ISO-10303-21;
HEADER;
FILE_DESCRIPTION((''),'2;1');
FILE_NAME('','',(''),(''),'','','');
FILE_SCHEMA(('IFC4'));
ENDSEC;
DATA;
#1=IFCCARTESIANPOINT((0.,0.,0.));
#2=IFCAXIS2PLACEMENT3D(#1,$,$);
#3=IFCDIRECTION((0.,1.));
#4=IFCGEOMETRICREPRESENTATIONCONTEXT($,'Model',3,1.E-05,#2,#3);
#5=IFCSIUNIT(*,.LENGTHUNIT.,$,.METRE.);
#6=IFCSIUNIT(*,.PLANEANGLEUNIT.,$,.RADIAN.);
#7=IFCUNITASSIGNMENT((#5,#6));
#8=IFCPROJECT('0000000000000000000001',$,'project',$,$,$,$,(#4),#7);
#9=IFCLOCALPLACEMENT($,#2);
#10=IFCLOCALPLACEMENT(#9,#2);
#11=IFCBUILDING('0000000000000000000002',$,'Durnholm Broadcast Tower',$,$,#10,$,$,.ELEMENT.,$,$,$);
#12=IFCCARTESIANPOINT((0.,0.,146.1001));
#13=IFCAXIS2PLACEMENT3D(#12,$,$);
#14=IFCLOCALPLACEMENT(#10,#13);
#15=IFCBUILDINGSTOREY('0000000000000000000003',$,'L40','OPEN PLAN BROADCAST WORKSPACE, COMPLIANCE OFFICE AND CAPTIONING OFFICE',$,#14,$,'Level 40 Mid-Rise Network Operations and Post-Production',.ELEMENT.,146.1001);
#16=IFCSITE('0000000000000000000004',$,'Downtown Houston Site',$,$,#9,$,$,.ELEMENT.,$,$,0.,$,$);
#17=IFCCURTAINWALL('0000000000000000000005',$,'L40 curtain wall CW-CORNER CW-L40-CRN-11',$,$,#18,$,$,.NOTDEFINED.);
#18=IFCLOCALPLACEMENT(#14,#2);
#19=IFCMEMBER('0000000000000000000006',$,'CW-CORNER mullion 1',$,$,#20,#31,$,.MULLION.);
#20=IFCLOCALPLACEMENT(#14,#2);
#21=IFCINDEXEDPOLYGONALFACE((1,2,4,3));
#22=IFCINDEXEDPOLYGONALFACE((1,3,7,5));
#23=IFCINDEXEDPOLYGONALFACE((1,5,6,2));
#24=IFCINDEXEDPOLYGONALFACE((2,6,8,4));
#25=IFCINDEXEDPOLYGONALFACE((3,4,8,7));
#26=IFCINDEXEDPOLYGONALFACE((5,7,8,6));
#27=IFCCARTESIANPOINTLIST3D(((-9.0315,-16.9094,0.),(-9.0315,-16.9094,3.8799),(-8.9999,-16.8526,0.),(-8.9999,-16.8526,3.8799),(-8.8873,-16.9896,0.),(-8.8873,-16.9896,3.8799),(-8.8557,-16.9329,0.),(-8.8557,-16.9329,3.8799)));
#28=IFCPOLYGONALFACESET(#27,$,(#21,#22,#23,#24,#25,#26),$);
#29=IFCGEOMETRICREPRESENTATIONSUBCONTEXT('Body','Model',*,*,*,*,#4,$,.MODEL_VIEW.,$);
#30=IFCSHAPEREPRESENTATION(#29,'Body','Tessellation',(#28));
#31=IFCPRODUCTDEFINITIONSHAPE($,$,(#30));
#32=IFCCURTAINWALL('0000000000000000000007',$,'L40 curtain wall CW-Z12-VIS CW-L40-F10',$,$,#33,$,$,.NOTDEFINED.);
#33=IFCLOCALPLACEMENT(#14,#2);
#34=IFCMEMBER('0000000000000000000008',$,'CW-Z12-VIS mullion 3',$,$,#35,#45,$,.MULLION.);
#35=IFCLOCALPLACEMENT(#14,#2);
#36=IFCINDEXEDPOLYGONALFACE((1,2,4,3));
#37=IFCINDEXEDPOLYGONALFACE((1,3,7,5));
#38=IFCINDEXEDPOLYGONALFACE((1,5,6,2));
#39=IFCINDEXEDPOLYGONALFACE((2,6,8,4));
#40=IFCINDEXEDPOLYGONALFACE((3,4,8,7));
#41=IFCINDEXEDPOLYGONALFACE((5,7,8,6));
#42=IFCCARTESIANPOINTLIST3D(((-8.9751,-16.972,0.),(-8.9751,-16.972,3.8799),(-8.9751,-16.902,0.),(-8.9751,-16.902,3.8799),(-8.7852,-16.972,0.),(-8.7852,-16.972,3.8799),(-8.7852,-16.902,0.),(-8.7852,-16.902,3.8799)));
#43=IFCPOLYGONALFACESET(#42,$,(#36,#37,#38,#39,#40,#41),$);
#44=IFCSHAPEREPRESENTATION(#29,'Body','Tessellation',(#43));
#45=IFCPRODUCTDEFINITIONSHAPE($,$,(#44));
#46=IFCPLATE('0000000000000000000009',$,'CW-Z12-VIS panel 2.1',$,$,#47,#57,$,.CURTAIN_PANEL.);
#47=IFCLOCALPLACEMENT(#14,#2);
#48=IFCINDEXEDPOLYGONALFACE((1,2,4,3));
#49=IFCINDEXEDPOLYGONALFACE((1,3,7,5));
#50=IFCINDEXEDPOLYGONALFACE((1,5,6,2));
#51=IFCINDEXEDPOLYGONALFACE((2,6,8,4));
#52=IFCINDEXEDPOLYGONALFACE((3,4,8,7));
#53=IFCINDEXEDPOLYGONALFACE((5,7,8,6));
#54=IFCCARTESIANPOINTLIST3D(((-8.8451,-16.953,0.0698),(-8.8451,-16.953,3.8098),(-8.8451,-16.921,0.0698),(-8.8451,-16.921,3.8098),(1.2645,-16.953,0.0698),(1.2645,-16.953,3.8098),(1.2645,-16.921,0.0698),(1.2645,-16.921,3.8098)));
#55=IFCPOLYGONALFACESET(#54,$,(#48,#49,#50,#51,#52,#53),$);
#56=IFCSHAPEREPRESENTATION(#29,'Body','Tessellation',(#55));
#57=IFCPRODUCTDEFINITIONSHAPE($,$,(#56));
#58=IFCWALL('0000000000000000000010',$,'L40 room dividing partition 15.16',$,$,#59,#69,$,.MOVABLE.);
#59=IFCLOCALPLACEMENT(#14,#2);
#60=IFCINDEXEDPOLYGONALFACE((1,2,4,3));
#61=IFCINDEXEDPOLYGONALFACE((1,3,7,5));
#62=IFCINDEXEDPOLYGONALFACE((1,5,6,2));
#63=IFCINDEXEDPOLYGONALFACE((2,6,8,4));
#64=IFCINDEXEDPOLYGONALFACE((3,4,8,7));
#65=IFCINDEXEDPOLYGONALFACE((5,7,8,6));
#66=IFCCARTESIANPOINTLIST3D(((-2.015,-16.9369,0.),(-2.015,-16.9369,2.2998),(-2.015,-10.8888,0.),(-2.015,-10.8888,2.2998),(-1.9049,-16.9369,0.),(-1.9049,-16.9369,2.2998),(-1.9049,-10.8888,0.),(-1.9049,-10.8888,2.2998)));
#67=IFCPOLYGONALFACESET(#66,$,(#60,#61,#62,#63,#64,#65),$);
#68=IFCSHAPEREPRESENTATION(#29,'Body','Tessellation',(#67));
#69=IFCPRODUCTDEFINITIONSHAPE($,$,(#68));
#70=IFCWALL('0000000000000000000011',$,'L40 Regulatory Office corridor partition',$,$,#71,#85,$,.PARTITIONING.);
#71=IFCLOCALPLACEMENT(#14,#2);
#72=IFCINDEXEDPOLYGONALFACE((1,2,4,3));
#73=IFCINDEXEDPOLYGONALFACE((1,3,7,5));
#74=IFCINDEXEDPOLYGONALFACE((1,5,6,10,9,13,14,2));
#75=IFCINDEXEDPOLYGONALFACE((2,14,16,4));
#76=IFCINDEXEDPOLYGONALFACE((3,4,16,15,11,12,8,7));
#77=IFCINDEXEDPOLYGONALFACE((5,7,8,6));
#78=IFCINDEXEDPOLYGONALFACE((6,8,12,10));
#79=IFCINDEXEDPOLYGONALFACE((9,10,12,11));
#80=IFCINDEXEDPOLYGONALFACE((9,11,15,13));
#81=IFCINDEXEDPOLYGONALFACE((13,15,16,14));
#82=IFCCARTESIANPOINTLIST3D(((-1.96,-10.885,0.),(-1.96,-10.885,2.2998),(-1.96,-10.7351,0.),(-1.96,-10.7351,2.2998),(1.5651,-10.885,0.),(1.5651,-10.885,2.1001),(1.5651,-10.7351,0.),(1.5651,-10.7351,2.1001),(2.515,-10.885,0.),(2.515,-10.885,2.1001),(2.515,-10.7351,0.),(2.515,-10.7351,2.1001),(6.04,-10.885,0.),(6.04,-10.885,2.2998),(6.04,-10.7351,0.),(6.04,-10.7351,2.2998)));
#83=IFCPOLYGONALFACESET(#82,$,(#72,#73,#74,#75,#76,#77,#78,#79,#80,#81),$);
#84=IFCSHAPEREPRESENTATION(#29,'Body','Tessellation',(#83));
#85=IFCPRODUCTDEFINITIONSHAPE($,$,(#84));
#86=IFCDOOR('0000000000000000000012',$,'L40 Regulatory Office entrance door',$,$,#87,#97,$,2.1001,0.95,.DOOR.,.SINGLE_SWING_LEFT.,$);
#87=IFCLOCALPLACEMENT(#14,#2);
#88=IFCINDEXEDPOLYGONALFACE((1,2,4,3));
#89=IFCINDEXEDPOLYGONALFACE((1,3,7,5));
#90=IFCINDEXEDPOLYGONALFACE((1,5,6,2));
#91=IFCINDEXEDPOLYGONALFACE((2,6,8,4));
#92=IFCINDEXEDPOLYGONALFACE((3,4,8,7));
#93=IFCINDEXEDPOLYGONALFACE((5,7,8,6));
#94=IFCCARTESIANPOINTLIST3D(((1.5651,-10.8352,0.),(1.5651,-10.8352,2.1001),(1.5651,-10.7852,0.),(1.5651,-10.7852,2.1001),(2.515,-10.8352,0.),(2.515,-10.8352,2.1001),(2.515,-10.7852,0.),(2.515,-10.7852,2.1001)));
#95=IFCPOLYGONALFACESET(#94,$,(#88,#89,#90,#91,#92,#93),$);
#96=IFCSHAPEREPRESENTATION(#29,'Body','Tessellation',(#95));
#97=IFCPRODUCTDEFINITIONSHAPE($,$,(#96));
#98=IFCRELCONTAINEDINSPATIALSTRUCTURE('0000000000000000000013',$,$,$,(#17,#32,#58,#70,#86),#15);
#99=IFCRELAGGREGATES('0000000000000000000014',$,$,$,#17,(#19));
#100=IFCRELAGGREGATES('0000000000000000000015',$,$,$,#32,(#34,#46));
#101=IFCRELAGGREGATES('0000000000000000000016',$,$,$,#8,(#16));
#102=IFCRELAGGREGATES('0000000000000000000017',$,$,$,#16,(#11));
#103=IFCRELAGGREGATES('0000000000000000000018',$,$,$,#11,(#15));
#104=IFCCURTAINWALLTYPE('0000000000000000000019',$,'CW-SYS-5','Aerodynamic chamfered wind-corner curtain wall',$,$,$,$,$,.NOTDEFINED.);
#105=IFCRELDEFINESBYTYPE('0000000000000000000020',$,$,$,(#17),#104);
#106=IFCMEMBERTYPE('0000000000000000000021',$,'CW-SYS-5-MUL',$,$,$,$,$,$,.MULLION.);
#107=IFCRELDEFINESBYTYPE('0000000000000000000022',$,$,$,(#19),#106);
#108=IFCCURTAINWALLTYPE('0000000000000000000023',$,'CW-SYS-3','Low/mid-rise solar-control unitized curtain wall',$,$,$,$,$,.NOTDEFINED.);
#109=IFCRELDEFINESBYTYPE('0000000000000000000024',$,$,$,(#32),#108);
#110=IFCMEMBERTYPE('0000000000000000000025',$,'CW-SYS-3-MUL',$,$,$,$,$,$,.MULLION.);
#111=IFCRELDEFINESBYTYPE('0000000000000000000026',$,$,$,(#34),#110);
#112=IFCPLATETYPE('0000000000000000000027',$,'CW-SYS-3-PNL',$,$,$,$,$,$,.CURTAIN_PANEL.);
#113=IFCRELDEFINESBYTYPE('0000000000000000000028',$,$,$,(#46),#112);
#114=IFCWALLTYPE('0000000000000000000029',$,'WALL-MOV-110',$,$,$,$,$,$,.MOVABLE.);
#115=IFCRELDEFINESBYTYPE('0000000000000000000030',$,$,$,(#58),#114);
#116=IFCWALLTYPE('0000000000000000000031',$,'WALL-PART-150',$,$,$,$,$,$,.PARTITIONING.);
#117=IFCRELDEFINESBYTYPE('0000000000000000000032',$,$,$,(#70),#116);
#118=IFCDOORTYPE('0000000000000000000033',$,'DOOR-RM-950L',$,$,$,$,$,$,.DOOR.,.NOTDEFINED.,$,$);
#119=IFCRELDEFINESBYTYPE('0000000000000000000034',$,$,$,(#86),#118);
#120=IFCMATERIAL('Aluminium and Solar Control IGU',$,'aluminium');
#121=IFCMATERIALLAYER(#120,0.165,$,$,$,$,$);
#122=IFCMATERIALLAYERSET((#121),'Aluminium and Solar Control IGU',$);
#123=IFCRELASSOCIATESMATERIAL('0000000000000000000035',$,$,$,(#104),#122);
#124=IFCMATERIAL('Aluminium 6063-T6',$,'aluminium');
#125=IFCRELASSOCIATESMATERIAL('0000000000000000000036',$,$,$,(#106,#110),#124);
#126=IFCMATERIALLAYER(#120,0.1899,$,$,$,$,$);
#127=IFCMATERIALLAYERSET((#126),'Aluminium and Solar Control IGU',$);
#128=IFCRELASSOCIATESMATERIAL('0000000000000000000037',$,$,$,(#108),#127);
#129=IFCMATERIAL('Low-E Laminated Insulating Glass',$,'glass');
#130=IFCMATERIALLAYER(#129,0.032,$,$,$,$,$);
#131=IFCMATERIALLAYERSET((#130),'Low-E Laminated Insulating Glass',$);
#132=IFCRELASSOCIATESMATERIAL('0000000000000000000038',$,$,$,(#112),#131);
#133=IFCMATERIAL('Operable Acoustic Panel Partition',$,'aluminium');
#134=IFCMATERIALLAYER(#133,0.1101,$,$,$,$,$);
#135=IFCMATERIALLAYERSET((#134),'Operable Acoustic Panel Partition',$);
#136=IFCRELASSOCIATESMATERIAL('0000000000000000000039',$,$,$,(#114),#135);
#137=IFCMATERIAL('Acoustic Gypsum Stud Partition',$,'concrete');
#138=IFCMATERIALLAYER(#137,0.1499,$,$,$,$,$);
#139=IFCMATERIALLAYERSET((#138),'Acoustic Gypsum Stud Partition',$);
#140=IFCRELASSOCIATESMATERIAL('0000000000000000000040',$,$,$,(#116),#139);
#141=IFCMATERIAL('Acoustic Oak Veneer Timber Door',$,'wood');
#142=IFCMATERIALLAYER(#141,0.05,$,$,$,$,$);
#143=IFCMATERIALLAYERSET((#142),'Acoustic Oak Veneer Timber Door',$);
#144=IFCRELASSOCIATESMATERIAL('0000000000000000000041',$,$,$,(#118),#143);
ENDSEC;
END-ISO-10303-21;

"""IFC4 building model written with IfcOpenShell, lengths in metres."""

from ifc_helpers import new_model, si_unit, direction, frame, frame_2d, origin, origin_2d, place, context, subcontext, project, spatial, rectangle, extrude, source, transform, mapped, material, layer, layer_set, material_profile, profile_set, type_object, type_shapes, element, fill, aggregate, save


model = new_model("IFC4")

# Units and contexts
model_context = context("Model", 3, precision=1e-05, world=origin(), true_north=direction((0.0, 1.0)))
body_context = subcontext(model_context, "Body", "Model", "MODEL_VIEW")
ifc_project = project(units=[si_unit("LENGTHUNIT", "METRE"), si_unit("PLANEANGLEUNIT", "RADIAN")], contexts=[model_context])

# Site, building, storey
site_placement = place(None, origin())
site = spatial("IfcSite", under=ifc_project, at=site_placement, Name="Downtown Houston Site", CompositionType="ELEMENT", RefElevation=0.0)
building_placement = place(site_placement, origin())
building = spatial("IfcBuilding", under=site, at=building_placement, Name="Durnholm Broadcast Tower", CompositionType="ELEMENT")
storey_placement = place(building_placement, frame((0.0, 0.0, 146.1001)))
storey = spatial("IfcBuildingStorey", under=building, at=storey_placement, Name="L40", Description="OPEN PLAN BROADCAST WORKSPACE, COMPLIANCE OFFICE AND CAPTIONING OFFICE", LongName="Level 40 Mid-Rise Network Operations and Post-Production", CompositionType="ELEMENT", Elevation=146.1001)

# Curtain wall, member
ifc_material_1 = material(Name="Aluminium and Solar Control IGU", Category="aluminium")
ifc_layer_1 = layer(ifc_material_1, 0.165)
ifc_layer_set_1 = layer_set([ifc_layer_1], Name="Aluminium and Solar Control IGU")
curtain_wall_type_1 = type_object("IfcCurtainWallType", Name="CW-SYS-5", Description="Aerodynamic chamfered wind-corner curtain wall", PredefinedType="NOTDEFINED", material=ifc_layer_set_1)
curtain_wall_1_placement = place(storey_placement, origin())
curtain_wall_1 = element("IfcCurtainWall", 1, at=curtain_wall_1_placement, inside=storey, type_object=curtain_wall_type_1, Name="L40 curtain wall CW-CORNER CW-L40-CRN-11", PredefinedType="NOTDEFINED")
ifc_material_2 = material(Name="Aluminium 6063-T6", Category="aluminium")
ifc_material_profile_1 = material_profile(ifc_material_2, rectangle(XDim=0.0649, YDim=0.165, at=origin_2d()), Name="CWM65X165")
ifc_profile_set_1 = profile_set([ifc_material_profile_1], Name="Aluminium 6063-T6")
member_type_1 = type_object("IfcMemberType", Name="CW-SYS-5-MUL", PredefinedType="MULLION", material=ifc_profile_set_1)
shared_shape_1 = source(origin(), body_context, "Body", "SweptSolid", [
    extrude(rectangle(XDim=0.0649, YDim=0.165, at=origin_2d()), origin(), (0.0, 0.0, 1.0), 3.8799),
])
type_shapes(member_type_1, [shared_shape_1])
member_1_placement = place(storey_placement, frame((-8.9436, -16.9211, 0.0), z_axis=(0.0, 0.0, 1.0), x_axis=(-0.486244, -0.873823, 0.0)))
member_1 = element("IfcMember", 2, at=member_1_placement, type_object=member_type_1, Name="CW-CORNER mullion 1", PredefinedType="MULLION", context=body_context, shape_type="MappedRepresentation", body=[
    mapped(shared_shape_1, transform((0.0, 0.0, 0.0), x_axis=(1.0, 0.0, 0.0), y_axis=(0.0, 1.0, 0.0), z_axis=(0.0, 0.0, 1.0), scale=1.0)),
])
aggregate(curtain_wall_1, [member_1])

# Curtain wall, member, plate
ifc_layer_2 = layer(ifc_material_1, 0.1899)
ifc_layer_set_2 = layer_set([ifc_layer_2], Name="Aluminium and Solar Control IGU")
curtain_wall_type_2 = type_object("IfcCurtainWallType", Name="CW-SYS-3", Description="Low/mid-rise solar-control unitized curtain wall", PredefinedType="NOTDEFINED", material=ifc_layer_set_2)
curtain_wall_2_placement = place(storey_placement, origin())
curtain_wall_2 = element("IfcCurtainWall", 3, at=curtain_wall_2_placement, inside=storey, type_object=curtain_wall_type_2, Name="L40 curtain wall CW-Z12-VIS CW-L40-F10", PredefinedType="NOTDEFINED")
ifc_material_profile_2 = material_profile(ifc_material_2, rectangle(XDim=0.0701, YDim=0.1899, at=origin_2d()), Name="CWM70X190")
ifc_profile_set_2 = profile_set([ifc_material_profile_2], Name="Aluminium 6063-T6")
member_type_2 = type_object("IfcMemberType", Name="CW-SYS-3-MUL", PredefinedType="MULLION", material=ifc_profile_set_2)
shared_shape_2 = source(origin(), body_context, "Body", "SweptSolid", [
    extrude(rectangle(XDim=0.0701, YDim=0.1899, at=origin_2d()), origin(), (0.0, 0.0, 1.0), 3.8799),
])
type_shapes(member_type_2, [shared_shape_2])
member_2_placement = place(storey_placement, frame((-8.8801, -16.937, 0.0), z_axis=(0.0, 0.0, 1.0), x_axis=(0.0, -1.0, 0.0)))
member_2 = element("IfcMember", 4, at=member_2_placement, type_object=member_type_2, Name="CW-Z12-VIS mullion 3", PredefinedType="MULLION", context=body_context, shape_type="MappedRepresentation", body=[
    mapped(shared_shape_2, transform((0.0, 0.0, 0.0), x_axis=(1.0, 0.0, 0.0), y_axis=(0.0, 1.0, 0.0), z_axis=(0.0, 0.0, 1.0), scale=1.0)),
])
ifc_material_3 = material(Name="Low-E Laminated Insulating Glass", Category="glass")
ifc_layer_3 = layer(ifc_material_3, 0.032)
ifc_layer_set_3 = layer_set([ifc_layer_3], Name="Low-E Laminated Insulating Glass")
plate_type = type_object("IfcPlateType", Name="CW-SYS-3-PNL", PredefinedType="CURTAIN_PANEL", material=ifc_layer_set_3)
shared_shape_3 = source(origin(), body_context, "Body", "SweptSolid", [
    extrude(rectangle(XDim=10.1096, YDim=0.032, at=origin_2d()), origin(), (0.0, 0.0, 1.0), 3.74),
])
type_shapes(plate_type, [shared_shape_3])
plate_placement = place(storey_placement, frame((-3.7903, -16.937, 0.0698), z_axis=(0.0, 0.0, 1.0), x_axis=(-1.0, 0.0, 0.0)))
plate = element("IfcPlate", 5, at=plate_placement, type_object=plate_type, Name="CW-Z12-VIS panel 2.1", PredefinedType="CURTAIN_PANEL", context=body_context, shape_type="MappedRepresentation", body=[
    mapped(shared_shape_3, transform((0.0, 0.0, 0.0), x_axis=(1.0, 0.0, 0.0), y_axis=(0.0, 1.0, 0.0), z_axis=(0.0, 0.0, 1.0), scale=1.0)),
])
aggregate(curtain_wall_2, [member_2, plate])

# Wall
ifc_material_4 = material(Name="Operable Acoustic Panel Partition", Category="aluminium")
ifc_layer_4 = layer(ifc_material_4, 0.1101)
ifc_layer_set_4 = layer_set([ifc_layer_4], Name="Operable Acoustic Panel Partition")
wall_type_1 = type_object("IfcWallType", Name="WALL-MOV-110", PredefinedType="MOVABLE", material=ifc_layer_set_4)
wall_1_placement = place(storey_placement, frame((-1.96, -10.8889, 0.0), z_axis=(0.0, 0.0, 1.0), x_axis=(0.0, -1.0, 0.0)))
element("IfcWall", 6, at=wall_1_placement, inside=storey, type_object=wall_type_1, Name="L40 room dividing partition 15.16", PredefinedType="MOVABLE", context=body_context, shape_type="SweptSolid", body=[
    extrude(rectangle(XDim=6.0481, YDim=0.1101, at=frame_2d((3.0239, 0.0))), origin(), (0.0, 0.0, 1.0), 2.2998),
])

# Wall, opening, door
ifc_material_5 = material(Name="Acoustic Gypsum Stud Partition", Category="concrete")
ifc_layer_5 = layer(ifc_material_5, 0.1499)
ifc_layer_set_5 = layer_set([ifc_layer_5], Name="Acoustic Gypsum Stud Partition")
wall_type_2 = type_object("IfcWallType", Name="WALL-PART-150", PredefinedType="PARTITIONING", material=ifc_layer_set_5)
wall_2_placement = place(storey_placement, frame((-1.96, -10.8101, 0.0), z_axis=(0.0, 0.0, 1.0), x_axis=(1.0, 0.0, 0.0)))
wall_2 = element("IfcWall", 7, at=wall_2_placement, inside=storey, type_object=wall_type_2, Name="L40 Regulatory Office corridor partition", PredefinedType="PARTITIONING", context=body_context, shape_type="SweptSolid", body=[
    extrude(rectangle(XDim=8.0, YDim=0.1499, at=frame_2d((4.0, 0.0))), origin(), (0.0, 0.0, 1.0), 2.2998),
])
opening_1_placement = place(wall_2_placement, frame((3.5249, 0.0, 0.0)))
opening_1 = element("IfcOpeningElement", 8, at=opening_1_placement, cuts=wall_2, PredefinedType="OPENING", context=body_context, shape_type="SweptSolid", body=[
    extrude(rectangle(XDim=0.95, YDim=2.1001, at=frame_2d((0.4751, 1.05))), frame((0.0, 0.085, 0.0), z_axis=(0.0, -1.0, 0.0), x_axis=(1.0, 0.0, 0.0)), (0.0, 0.0, 1.0), 0.1699),
])
ifc_material_6 = material(Name="Acoustic Oak Veneer Timber Door", Category="wood")
ifc_layer_6 = layer(ifc_material_6, 0.05)
ifc_layer_set_6 = layer_set([ifc_layer_6], Name="Acoustic Oak Veneer Timber Door")
door_type_1 = type_object("IfcDoorType", Name="DOOR-RM-950L", OperationType="NOTDEFINED", PredefinedType="DOOR", material=ifc_layer_set_6)
shared_shape_4 = source(origin(), body_context, "Body", "SweptSolid", [
    extrude(rectangle(XDim=0.95, YDim=2.1001, at=frame_2d((0.4751, 1.05))), frame((0.0, 0.0249, 0.0), z_axis=(0.0, -1.0, 0.0), x_axis=(1.0, 0.0, 0.0)), (0.0, 0.0, 1.0), 0.05),
])
type_shapes(door_type_1, [shared_shape_4])
door_1_placement = place(opening_1_placement, origin())
door_1 = element("IfcDoor", 9, at=door_1_placement, inside=storey, type_object=door_type_1, Name="L40 Regulatory Office entrance door", OperationType="SINGLE_SWING_LEFT", OverallHeight=2.1001, OverallWidth=0.95, PredefinedType="DOOR", context=body_context, shape_type="MappedRepresentation", body=[
    mapped(shared_shape_4, transform((0.0, 0.0, 0.0), x_axis=(1.0, 0.0, 0.0), y_axis=(0.0, 1.0, 0.0), z_axis=(0.0, 0.0, 1.0), scale=1.0)),
])
fill(opening_1, door_1)

save(model, "model.ifc")
